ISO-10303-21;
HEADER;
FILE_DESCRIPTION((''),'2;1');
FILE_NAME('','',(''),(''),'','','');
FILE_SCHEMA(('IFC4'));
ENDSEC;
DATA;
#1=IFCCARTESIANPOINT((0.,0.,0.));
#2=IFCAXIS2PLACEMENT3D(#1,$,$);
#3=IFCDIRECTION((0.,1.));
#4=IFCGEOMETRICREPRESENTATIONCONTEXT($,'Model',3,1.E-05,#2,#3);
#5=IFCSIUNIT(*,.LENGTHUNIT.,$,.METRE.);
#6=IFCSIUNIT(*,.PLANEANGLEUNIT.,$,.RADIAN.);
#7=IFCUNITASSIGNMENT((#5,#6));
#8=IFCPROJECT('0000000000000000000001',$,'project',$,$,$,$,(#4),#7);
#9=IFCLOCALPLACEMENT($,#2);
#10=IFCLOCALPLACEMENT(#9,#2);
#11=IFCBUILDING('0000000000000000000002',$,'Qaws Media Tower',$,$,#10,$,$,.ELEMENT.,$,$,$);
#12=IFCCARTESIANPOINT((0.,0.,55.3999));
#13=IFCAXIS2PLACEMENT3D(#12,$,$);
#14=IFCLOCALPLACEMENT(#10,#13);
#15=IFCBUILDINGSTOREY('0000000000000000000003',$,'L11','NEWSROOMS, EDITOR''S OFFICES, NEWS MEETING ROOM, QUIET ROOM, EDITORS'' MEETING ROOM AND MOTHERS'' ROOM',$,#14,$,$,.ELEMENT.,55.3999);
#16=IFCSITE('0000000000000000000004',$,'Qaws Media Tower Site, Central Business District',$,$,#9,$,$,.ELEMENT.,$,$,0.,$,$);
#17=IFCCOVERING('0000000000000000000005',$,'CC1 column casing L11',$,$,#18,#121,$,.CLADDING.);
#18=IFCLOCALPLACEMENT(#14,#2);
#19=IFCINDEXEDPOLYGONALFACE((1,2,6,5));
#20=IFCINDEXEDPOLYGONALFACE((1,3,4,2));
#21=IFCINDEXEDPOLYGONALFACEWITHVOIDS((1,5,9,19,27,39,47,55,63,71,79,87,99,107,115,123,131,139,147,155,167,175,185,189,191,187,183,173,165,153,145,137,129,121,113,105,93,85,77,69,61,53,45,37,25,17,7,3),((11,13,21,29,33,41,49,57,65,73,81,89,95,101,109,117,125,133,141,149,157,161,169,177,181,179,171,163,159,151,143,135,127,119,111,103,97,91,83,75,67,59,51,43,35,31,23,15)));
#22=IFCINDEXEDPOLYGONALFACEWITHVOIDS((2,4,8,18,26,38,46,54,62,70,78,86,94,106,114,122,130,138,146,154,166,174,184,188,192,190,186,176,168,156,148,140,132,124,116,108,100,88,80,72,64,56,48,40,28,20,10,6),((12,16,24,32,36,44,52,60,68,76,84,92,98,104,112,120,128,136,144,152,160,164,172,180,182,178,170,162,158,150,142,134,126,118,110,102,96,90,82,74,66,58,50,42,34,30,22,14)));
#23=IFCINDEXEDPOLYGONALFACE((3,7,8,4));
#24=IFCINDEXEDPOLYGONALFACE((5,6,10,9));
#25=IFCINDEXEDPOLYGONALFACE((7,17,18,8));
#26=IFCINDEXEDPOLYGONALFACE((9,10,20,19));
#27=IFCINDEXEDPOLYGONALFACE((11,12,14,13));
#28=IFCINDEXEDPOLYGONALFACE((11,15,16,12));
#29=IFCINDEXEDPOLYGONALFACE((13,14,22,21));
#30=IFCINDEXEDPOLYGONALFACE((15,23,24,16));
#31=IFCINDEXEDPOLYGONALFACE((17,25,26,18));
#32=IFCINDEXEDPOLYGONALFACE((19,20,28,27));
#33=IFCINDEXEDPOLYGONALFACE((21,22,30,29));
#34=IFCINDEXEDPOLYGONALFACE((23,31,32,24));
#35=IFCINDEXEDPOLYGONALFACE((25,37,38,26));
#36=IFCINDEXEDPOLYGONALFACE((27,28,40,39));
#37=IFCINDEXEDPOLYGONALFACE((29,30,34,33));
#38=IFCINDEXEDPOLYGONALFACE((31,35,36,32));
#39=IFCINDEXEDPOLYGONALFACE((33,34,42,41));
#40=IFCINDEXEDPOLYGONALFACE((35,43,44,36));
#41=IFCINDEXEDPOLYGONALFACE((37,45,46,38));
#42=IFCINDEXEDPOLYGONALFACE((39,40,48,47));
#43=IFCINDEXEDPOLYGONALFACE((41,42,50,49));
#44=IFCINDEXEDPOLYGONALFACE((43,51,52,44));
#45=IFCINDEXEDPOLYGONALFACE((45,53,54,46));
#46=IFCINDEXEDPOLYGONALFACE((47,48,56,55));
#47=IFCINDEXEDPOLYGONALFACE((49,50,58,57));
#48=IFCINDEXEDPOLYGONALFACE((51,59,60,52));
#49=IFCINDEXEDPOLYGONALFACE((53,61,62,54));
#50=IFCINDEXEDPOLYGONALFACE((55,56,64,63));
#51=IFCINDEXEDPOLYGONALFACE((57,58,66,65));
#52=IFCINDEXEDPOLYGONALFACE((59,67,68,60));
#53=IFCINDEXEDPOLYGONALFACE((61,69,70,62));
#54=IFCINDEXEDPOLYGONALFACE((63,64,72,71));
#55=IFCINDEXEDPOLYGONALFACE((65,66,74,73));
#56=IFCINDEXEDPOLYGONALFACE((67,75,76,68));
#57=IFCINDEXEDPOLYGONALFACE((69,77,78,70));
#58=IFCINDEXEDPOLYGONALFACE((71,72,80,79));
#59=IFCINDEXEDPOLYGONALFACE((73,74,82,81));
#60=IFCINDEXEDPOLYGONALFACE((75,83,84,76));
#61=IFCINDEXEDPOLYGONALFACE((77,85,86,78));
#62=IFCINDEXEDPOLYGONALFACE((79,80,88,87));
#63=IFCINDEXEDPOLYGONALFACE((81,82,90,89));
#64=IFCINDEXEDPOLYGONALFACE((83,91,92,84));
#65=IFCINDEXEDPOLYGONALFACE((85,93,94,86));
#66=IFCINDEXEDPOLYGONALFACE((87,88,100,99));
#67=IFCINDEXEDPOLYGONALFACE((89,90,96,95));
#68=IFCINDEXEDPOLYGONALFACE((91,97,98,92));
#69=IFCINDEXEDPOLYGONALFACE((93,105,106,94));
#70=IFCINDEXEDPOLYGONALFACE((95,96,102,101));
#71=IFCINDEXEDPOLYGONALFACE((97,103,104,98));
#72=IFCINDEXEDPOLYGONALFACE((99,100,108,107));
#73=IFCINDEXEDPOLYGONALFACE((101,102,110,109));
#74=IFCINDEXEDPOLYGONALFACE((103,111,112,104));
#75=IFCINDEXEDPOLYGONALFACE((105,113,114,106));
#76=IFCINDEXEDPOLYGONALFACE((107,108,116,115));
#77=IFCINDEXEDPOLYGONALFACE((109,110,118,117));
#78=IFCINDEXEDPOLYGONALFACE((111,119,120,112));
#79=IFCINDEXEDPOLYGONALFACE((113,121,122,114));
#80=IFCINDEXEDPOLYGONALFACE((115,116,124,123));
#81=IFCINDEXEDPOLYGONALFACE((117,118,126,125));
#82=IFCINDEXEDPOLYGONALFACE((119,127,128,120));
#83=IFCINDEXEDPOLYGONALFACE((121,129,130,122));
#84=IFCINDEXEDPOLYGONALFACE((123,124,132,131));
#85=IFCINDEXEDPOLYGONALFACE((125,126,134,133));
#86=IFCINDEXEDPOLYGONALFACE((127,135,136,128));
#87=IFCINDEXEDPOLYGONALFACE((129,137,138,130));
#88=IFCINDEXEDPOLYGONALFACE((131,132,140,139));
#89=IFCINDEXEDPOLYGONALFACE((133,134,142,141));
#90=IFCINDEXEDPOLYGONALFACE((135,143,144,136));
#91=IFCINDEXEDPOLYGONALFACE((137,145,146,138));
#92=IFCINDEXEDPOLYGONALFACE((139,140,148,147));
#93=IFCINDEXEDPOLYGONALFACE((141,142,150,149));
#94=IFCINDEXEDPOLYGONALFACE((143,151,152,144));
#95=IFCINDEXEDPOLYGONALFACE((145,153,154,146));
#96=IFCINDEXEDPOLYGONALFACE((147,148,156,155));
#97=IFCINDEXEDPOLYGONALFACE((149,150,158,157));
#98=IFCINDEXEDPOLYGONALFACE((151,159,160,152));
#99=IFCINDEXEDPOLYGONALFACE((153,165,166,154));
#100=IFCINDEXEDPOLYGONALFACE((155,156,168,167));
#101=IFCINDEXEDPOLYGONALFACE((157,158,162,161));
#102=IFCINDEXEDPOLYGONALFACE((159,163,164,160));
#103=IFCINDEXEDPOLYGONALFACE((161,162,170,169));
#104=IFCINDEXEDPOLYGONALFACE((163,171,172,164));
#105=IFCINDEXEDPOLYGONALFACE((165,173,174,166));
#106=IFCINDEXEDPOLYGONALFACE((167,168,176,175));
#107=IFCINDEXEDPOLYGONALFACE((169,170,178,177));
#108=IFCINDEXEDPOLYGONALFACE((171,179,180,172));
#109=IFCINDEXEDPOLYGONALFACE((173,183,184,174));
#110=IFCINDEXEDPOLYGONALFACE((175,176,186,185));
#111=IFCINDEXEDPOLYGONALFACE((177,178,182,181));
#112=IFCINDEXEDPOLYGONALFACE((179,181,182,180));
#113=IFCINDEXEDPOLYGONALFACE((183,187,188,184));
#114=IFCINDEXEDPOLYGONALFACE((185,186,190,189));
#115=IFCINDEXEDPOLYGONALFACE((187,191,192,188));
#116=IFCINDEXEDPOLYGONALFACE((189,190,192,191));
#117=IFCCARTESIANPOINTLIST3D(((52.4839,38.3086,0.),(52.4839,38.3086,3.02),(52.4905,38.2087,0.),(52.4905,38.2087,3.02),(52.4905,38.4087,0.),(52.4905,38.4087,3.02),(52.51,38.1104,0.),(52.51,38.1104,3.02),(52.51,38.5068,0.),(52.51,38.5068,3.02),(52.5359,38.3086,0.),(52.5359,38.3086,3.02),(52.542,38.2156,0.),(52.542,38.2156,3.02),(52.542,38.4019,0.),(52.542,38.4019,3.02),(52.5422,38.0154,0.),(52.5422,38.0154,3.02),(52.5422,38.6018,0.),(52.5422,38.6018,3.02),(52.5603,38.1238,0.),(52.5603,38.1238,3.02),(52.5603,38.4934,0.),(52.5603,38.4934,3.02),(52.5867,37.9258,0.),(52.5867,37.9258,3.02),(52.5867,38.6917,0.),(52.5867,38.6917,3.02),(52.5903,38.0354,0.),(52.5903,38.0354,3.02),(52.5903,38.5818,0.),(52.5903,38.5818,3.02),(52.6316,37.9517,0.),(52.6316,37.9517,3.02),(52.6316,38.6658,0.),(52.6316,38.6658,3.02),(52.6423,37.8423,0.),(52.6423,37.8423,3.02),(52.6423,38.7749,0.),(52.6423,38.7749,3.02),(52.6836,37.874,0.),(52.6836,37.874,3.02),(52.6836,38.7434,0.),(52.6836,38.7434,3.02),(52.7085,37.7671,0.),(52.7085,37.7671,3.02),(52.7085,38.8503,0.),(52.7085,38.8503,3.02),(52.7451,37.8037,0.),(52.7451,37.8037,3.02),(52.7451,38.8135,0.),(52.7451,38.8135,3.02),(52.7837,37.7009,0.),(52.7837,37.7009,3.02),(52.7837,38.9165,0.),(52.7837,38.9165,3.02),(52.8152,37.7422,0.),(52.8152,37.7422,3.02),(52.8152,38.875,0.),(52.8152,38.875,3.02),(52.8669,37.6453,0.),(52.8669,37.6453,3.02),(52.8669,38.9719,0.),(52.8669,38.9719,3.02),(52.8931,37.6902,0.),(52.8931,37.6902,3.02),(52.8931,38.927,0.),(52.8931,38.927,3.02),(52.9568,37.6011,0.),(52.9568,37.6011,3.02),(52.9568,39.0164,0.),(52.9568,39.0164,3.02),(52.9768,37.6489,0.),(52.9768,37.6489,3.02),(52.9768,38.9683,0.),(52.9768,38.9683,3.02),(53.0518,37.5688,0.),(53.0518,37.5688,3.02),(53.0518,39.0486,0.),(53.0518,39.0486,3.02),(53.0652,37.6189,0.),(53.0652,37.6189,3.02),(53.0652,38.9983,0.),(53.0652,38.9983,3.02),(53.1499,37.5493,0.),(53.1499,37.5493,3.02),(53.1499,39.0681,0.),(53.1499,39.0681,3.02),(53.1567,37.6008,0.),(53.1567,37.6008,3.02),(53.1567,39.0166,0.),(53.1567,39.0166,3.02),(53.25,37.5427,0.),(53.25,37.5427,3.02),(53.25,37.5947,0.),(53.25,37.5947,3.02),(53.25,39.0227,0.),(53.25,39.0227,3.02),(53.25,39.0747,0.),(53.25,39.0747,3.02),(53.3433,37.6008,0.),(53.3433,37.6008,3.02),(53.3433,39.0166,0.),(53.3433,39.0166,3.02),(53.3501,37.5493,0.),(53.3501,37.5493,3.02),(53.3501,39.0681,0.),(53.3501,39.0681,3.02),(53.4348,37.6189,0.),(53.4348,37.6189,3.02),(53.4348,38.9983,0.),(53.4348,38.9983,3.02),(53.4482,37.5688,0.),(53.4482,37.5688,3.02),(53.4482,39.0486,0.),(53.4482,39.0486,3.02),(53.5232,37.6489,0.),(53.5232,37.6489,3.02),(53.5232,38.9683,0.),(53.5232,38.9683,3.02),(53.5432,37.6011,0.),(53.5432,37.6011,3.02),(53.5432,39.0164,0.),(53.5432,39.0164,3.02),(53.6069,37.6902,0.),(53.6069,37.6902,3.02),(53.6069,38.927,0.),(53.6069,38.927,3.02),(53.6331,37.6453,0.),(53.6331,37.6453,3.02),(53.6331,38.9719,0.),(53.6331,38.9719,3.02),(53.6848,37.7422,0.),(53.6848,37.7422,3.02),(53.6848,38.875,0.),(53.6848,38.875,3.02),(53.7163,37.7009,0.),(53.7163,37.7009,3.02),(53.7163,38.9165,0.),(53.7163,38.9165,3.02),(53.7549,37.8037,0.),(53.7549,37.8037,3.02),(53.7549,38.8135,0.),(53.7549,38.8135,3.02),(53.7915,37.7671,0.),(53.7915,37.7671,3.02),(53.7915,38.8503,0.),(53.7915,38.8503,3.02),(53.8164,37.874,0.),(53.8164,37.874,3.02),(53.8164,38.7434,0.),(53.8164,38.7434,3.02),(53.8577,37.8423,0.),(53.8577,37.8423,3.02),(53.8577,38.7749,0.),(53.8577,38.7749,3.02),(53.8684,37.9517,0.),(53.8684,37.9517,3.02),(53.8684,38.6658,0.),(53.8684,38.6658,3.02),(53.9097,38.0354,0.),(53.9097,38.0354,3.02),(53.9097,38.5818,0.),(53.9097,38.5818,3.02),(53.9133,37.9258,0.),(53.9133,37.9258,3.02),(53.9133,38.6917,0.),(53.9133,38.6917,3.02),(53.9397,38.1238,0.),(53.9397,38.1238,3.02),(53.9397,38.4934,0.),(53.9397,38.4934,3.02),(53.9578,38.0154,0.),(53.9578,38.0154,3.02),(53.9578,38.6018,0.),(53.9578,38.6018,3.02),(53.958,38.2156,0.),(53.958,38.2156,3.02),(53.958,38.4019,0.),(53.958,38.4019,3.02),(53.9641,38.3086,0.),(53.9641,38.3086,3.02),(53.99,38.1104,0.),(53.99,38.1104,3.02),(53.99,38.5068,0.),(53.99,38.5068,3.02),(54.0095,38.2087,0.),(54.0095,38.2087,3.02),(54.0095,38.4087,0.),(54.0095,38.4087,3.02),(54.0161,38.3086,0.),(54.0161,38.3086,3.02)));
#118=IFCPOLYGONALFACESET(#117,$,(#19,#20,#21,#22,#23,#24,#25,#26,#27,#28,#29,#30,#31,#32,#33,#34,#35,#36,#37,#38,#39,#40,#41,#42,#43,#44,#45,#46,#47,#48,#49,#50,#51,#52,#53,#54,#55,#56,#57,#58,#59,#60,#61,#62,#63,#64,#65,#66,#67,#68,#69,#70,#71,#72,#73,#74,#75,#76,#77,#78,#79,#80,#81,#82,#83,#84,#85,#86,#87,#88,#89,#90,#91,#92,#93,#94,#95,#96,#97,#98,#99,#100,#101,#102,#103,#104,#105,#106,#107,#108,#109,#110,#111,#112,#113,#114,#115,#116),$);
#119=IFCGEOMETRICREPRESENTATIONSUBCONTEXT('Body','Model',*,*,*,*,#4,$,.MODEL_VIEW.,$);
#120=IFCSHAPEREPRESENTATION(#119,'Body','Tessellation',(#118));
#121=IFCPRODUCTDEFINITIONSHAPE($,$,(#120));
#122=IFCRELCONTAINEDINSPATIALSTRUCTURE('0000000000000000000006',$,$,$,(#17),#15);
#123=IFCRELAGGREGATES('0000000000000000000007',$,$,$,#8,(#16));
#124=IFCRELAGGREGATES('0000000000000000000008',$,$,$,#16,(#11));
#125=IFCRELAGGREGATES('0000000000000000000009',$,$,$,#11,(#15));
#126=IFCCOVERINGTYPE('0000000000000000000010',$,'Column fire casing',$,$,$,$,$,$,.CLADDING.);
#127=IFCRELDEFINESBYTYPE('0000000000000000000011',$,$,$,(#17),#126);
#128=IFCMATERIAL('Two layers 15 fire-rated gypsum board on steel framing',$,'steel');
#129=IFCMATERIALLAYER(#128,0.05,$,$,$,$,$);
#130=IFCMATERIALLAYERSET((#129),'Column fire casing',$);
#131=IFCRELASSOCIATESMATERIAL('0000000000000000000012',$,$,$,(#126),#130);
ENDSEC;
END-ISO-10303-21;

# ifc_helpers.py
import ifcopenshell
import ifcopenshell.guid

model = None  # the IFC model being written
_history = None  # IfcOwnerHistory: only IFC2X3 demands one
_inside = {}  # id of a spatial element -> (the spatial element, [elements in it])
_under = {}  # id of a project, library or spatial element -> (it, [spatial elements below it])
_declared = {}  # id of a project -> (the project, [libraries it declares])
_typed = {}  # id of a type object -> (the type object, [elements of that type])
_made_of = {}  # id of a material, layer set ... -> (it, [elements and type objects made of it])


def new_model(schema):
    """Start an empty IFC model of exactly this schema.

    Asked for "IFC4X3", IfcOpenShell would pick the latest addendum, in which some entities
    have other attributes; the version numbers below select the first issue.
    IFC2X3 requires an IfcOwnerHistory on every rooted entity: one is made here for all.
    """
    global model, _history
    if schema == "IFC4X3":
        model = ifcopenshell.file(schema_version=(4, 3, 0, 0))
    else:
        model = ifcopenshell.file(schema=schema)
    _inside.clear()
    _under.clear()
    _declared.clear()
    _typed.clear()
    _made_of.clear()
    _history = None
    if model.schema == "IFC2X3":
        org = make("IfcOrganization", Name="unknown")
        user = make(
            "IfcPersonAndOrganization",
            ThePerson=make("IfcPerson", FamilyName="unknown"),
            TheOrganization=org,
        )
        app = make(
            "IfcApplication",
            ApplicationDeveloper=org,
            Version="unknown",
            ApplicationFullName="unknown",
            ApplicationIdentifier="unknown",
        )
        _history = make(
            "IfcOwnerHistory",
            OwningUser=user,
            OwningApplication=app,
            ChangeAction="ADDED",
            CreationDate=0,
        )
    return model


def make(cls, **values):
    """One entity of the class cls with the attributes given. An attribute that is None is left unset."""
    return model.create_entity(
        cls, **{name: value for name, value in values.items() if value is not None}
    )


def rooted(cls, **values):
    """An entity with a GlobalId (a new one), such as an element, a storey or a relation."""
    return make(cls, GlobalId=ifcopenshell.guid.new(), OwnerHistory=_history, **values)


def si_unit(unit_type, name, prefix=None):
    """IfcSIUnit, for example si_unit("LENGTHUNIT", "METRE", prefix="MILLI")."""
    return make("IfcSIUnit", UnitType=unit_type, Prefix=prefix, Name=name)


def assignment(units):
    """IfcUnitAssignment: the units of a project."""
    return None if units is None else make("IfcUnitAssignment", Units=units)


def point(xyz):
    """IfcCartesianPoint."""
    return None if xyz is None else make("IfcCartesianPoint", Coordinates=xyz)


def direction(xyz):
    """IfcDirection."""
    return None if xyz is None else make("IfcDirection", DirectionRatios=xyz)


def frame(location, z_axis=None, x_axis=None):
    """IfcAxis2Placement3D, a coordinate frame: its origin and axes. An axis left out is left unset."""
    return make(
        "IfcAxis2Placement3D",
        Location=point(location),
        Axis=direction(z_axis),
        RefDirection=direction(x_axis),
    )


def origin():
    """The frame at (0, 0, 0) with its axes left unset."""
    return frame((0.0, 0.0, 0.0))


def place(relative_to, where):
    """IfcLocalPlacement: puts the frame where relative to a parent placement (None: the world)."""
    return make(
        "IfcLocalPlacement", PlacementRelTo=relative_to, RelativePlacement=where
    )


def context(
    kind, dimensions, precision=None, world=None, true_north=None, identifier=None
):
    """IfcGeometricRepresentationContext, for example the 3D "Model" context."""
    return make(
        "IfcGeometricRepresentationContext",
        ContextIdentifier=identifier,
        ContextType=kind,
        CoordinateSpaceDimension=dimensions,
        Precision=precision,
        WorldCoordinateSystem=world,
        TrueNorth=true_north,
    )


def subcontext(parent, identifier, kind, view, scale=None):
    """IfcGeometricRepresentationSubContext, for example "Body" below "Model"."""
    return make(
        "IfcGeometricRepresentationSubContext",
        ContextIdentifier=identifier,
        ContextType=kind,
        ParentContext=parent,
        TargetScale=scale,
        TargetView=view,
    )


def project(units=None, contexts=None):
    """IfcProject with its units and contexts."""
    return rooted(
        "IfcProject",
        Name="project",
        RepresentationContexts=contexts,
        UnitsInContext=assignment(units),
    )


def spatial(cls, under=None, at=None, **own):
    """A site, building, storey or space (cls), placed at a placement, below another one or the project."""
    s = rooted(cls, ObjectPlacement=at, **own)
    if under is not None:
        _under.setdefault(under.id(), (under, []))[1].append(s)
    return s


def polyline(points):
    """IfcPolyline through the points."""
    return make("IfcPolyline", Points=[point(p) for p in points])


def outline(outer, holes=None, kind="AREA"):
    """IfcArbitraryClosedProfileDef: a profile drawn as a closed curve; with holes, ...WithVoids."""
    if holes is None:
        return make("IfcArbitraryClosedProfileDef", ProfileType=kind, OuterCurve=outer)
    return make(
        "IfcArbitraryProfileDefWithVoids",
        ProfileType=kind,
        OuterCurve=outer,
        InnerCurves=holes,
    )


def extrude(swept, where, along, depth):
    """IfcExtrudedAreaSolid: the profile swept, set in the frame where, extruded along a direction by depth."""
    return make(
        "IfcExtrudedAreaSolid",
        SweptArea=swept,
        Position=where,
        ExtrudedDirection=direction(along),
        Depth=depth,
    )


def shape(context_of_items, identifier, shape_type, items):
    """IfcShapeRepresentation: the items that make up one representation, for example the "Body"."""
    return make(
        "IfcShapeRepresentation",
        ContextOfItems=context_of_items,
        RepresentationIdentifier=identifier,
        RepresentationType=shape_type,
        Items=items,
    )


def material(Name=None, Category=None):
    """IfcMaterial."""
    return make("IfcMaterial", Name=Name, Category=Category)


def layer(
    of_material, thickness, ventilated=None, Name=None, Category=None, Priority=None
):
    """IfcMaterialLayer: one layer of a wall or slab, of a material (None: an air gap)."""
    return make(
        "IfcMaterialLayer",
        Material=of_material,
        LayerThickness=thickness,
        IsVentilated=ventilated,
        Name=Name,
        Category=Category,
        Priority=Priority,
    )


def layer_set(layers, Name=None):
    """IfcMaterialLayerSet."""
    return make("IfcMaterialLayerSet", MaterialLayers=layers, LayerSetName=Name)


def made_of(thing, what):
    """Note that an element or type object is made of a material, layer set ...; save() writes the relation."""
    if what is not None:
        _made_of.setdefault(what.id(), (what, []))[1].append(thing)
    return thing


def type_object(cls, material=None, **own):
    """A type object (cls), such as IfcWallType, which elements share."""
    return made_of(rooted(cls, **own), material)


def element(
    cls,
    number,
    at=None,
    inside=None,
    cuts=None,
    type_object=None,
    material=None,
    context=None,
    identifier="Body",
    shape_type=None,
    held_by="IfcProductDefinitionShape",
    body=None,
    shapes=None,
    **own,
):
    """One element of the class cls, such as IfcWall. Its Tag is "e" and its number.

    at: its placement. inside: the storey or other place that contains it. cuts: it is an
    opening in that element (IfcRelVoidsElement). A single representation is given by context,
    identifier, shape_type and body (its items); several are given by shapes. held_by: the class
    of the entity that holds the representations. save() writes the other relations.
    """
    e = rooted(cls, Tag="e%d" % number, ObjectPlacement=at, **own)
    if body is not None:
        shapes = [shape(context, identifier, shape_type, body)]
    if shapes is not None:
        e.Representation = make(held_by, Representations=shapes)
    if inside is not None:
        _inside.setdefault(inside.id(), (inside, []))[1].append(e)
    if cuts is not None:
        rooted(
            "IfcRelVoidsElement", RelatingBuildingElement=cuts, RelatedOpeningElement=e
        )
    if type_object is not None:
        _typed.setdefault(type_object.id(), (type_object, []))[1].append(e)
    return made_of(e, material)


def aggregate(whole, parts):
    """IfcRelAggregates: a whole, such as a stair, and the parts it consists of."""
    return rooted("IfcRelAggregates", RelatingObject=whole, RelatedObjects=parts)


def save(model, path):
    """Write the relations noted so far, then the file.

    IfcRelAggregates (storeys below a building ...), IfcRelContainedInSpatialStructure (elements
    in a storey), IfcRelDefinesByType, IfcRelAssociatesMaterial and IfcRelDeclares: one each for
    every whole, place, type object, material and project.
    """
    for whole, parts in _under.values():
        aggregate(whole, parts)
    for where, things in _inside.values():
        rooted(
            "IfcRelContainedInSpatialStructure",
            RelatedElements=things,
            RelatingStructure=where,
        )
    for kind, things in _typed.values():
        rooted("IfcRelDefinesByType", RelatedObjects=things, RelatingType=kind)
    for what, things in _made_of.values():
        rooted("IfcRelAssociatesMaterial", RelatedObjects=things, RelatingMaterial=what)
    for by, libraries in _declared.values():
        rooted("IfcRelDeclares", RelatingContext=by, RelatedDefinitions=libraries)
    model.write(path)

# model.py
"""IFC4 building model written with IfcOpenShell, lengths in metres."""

from ifc_helpers import new_model, si_unit, direction, frame, origin, place, context, subcontext, project, spatial, polyline, outline, extrude, material, layer, layer_set, type_object, element, save


model = new_model("IFC4")

# Units and contexts
model_context = context("Model", 3, precision=1e-05, world=origin(), true_north=direction((0.0, 1.0)))
body_context = subcontext(model_context, "Body", "Model", "MODEL_VIEW")
ifc_project = project(units=[si_unit("LENGTHUNIT", "METRE"), si_unit("PLANEANGLEUNIT", "RADIAN")], contexts=[model_context])

# Site, building, storey
site_placement = place(None, origin())
site = spatial("IfcSite", under=ifc_project, at=site_placement, Name="Qaws Media Tower Site, Central Business District", CompositionType="ELEMENT", RefElevation=0.0)
building_placement = place(site_placement, origin())
building = spatial("IfcBuilding", under=site, at=building_placement, Name="Qaws Media Tower", CompositionType="ELEMENT")
storey_placement = place(building_placement, frame((0.0, 0.0, 55.3999)))
storey = spatial("IfcBuildingStorey", under=building, at=storey_placement, Name="L11", Description="NEWSROOMS, EDITOR'S OFFICES, NEWS MEETING ROOM, QUIET ROOM, EDITORS' MEETING ROOM AND MOTHERS' ROOM", CompositionType="ELEMENT", Elevation=55.3999)

# Covering
ifc_material_1 = material(Name="Two layers 15 fire-rated gypsum board on steel framing", Category="steel")
ifc_layer_1 = layer(ifc_material_1, 0.05)
ifc_layer_set_1 = layer_set([ifc_layer_1], Name="Column fire casing")
covering_type = type_object("IfcCoveringType", Name="Column fire casing", PredefinedType="CLADDING", material=ifc_layer_set_1)
covering_1_placement = place(storey_placement, origin())
element("IfcCovering", 1, at=covering_1_placement, inside=storey, type_object=covering_type, Name="CC1 column casing L11", PredefinedType="CLADDING", context=body_context, shape_type="SweptSolid", body=[
    extrude(outline(polyline([(54.0161, 38.3086), (54.0095, 38.2087), (53.99, 38.1104), (53.9578, 38.0154), (53.9133, 37.9258), (53.8577, 37.8423), (53.7915, 37.7671), (53.7163, 37.7009), (53.6331, 37.6453), (53.5432, 37.6011), (53.4482, 37.5688), (53.3501, 37.5493), (53.25, 37.5427), (53.1499, 37.5493), (53.0518, 37.5688), (52.9568, 37.6011), (52.8669, 37.6453), (52.7837, 37.7009), (52.7085, 37.7671), (52.6423, 37.8423), (52.5867, 37.9258), (52.5422, 38.0154), (52.51, 38.1104), (52.4905, 38.2087), (52.4839, 38.3086), (52.4905, 38.4087), (52.51, 38.5068), (52.5422, 38.6018), (52.5867, 38.6917), (52.6423, 38.7749), (52.7085, 38.8503), (52.7837, 38.9165), (52.8669, 38.9719), (52.9568, 39.0164), (53.0518, 39.0486), (53.1499, 39.0681), (53.25, 39.0747), (53.3501, 39.0681), (53.4482, 39.0486), (53.5432, 39.0164), (53.6331, 38.9719), (53.7163, 38.9165), (53.7915, 38.8503), (53.8577, 38.7749), (53.9133, 38.6917), (53.9578, 38.6018), (53.99, 38.5068), (54.0095, 38.4087), (54.0161, 38.3086)]), holes=[polyline([(53.9641, 38.3086), (53.958, 38.2156), (53.9397, 38.1238), (53.9097, 38.0354), (53.8684, 37.9517), (53.8164, 37.874), (53.7549, 37.8037), (53.6848, 37.7422), (53.6069, 37.6902), (53.5232, 37.6489), (53.4348, 37.6189), (53.3433, 37.6008), (53.25, 37.5947), (53.1567, 37.6008), (53.0652, 37.6189), (52.9768, 37.6489), (52.8931, 37.6902), (52.8152, 37.7422), (52.7451, 37.8037), (52.6836, 37.874), (52.6316, 37.9517), (52.5903, 38.0354), (52.5603, 38.1238), (52.542, 38.2156), (52.5359, 38.3086), (52.542, 38.4019), (52.5603, 38.4934), (52.5903, 38.5818), (52.6316, 38.6658), (52.6836, 38.7434), (52.7451, 38.8135), (52.8152, 38.875), (52.8931, 38.927), (52.9768, 38.9683), (53.0652, 38.9983), (53.1567, 39.0166), (53.25, 39.0227), (53.3433, 39.0166), (53.4348, 38.9983), (53.5232, 38.9683), (53.6069, 38.927), (53.6848, 38.875), (53.7549, 38.8135), (53.8164, 38.7434), (53.8684, 38.6658), (53.9097, 38.5818), (53.9397, 38.4934), (53.958, 38.4019), (53.9641, 38.3086)])]), origin(), (0.0, 0.0, 1.0), 3.02),
])

save(model, "model.ifc")
